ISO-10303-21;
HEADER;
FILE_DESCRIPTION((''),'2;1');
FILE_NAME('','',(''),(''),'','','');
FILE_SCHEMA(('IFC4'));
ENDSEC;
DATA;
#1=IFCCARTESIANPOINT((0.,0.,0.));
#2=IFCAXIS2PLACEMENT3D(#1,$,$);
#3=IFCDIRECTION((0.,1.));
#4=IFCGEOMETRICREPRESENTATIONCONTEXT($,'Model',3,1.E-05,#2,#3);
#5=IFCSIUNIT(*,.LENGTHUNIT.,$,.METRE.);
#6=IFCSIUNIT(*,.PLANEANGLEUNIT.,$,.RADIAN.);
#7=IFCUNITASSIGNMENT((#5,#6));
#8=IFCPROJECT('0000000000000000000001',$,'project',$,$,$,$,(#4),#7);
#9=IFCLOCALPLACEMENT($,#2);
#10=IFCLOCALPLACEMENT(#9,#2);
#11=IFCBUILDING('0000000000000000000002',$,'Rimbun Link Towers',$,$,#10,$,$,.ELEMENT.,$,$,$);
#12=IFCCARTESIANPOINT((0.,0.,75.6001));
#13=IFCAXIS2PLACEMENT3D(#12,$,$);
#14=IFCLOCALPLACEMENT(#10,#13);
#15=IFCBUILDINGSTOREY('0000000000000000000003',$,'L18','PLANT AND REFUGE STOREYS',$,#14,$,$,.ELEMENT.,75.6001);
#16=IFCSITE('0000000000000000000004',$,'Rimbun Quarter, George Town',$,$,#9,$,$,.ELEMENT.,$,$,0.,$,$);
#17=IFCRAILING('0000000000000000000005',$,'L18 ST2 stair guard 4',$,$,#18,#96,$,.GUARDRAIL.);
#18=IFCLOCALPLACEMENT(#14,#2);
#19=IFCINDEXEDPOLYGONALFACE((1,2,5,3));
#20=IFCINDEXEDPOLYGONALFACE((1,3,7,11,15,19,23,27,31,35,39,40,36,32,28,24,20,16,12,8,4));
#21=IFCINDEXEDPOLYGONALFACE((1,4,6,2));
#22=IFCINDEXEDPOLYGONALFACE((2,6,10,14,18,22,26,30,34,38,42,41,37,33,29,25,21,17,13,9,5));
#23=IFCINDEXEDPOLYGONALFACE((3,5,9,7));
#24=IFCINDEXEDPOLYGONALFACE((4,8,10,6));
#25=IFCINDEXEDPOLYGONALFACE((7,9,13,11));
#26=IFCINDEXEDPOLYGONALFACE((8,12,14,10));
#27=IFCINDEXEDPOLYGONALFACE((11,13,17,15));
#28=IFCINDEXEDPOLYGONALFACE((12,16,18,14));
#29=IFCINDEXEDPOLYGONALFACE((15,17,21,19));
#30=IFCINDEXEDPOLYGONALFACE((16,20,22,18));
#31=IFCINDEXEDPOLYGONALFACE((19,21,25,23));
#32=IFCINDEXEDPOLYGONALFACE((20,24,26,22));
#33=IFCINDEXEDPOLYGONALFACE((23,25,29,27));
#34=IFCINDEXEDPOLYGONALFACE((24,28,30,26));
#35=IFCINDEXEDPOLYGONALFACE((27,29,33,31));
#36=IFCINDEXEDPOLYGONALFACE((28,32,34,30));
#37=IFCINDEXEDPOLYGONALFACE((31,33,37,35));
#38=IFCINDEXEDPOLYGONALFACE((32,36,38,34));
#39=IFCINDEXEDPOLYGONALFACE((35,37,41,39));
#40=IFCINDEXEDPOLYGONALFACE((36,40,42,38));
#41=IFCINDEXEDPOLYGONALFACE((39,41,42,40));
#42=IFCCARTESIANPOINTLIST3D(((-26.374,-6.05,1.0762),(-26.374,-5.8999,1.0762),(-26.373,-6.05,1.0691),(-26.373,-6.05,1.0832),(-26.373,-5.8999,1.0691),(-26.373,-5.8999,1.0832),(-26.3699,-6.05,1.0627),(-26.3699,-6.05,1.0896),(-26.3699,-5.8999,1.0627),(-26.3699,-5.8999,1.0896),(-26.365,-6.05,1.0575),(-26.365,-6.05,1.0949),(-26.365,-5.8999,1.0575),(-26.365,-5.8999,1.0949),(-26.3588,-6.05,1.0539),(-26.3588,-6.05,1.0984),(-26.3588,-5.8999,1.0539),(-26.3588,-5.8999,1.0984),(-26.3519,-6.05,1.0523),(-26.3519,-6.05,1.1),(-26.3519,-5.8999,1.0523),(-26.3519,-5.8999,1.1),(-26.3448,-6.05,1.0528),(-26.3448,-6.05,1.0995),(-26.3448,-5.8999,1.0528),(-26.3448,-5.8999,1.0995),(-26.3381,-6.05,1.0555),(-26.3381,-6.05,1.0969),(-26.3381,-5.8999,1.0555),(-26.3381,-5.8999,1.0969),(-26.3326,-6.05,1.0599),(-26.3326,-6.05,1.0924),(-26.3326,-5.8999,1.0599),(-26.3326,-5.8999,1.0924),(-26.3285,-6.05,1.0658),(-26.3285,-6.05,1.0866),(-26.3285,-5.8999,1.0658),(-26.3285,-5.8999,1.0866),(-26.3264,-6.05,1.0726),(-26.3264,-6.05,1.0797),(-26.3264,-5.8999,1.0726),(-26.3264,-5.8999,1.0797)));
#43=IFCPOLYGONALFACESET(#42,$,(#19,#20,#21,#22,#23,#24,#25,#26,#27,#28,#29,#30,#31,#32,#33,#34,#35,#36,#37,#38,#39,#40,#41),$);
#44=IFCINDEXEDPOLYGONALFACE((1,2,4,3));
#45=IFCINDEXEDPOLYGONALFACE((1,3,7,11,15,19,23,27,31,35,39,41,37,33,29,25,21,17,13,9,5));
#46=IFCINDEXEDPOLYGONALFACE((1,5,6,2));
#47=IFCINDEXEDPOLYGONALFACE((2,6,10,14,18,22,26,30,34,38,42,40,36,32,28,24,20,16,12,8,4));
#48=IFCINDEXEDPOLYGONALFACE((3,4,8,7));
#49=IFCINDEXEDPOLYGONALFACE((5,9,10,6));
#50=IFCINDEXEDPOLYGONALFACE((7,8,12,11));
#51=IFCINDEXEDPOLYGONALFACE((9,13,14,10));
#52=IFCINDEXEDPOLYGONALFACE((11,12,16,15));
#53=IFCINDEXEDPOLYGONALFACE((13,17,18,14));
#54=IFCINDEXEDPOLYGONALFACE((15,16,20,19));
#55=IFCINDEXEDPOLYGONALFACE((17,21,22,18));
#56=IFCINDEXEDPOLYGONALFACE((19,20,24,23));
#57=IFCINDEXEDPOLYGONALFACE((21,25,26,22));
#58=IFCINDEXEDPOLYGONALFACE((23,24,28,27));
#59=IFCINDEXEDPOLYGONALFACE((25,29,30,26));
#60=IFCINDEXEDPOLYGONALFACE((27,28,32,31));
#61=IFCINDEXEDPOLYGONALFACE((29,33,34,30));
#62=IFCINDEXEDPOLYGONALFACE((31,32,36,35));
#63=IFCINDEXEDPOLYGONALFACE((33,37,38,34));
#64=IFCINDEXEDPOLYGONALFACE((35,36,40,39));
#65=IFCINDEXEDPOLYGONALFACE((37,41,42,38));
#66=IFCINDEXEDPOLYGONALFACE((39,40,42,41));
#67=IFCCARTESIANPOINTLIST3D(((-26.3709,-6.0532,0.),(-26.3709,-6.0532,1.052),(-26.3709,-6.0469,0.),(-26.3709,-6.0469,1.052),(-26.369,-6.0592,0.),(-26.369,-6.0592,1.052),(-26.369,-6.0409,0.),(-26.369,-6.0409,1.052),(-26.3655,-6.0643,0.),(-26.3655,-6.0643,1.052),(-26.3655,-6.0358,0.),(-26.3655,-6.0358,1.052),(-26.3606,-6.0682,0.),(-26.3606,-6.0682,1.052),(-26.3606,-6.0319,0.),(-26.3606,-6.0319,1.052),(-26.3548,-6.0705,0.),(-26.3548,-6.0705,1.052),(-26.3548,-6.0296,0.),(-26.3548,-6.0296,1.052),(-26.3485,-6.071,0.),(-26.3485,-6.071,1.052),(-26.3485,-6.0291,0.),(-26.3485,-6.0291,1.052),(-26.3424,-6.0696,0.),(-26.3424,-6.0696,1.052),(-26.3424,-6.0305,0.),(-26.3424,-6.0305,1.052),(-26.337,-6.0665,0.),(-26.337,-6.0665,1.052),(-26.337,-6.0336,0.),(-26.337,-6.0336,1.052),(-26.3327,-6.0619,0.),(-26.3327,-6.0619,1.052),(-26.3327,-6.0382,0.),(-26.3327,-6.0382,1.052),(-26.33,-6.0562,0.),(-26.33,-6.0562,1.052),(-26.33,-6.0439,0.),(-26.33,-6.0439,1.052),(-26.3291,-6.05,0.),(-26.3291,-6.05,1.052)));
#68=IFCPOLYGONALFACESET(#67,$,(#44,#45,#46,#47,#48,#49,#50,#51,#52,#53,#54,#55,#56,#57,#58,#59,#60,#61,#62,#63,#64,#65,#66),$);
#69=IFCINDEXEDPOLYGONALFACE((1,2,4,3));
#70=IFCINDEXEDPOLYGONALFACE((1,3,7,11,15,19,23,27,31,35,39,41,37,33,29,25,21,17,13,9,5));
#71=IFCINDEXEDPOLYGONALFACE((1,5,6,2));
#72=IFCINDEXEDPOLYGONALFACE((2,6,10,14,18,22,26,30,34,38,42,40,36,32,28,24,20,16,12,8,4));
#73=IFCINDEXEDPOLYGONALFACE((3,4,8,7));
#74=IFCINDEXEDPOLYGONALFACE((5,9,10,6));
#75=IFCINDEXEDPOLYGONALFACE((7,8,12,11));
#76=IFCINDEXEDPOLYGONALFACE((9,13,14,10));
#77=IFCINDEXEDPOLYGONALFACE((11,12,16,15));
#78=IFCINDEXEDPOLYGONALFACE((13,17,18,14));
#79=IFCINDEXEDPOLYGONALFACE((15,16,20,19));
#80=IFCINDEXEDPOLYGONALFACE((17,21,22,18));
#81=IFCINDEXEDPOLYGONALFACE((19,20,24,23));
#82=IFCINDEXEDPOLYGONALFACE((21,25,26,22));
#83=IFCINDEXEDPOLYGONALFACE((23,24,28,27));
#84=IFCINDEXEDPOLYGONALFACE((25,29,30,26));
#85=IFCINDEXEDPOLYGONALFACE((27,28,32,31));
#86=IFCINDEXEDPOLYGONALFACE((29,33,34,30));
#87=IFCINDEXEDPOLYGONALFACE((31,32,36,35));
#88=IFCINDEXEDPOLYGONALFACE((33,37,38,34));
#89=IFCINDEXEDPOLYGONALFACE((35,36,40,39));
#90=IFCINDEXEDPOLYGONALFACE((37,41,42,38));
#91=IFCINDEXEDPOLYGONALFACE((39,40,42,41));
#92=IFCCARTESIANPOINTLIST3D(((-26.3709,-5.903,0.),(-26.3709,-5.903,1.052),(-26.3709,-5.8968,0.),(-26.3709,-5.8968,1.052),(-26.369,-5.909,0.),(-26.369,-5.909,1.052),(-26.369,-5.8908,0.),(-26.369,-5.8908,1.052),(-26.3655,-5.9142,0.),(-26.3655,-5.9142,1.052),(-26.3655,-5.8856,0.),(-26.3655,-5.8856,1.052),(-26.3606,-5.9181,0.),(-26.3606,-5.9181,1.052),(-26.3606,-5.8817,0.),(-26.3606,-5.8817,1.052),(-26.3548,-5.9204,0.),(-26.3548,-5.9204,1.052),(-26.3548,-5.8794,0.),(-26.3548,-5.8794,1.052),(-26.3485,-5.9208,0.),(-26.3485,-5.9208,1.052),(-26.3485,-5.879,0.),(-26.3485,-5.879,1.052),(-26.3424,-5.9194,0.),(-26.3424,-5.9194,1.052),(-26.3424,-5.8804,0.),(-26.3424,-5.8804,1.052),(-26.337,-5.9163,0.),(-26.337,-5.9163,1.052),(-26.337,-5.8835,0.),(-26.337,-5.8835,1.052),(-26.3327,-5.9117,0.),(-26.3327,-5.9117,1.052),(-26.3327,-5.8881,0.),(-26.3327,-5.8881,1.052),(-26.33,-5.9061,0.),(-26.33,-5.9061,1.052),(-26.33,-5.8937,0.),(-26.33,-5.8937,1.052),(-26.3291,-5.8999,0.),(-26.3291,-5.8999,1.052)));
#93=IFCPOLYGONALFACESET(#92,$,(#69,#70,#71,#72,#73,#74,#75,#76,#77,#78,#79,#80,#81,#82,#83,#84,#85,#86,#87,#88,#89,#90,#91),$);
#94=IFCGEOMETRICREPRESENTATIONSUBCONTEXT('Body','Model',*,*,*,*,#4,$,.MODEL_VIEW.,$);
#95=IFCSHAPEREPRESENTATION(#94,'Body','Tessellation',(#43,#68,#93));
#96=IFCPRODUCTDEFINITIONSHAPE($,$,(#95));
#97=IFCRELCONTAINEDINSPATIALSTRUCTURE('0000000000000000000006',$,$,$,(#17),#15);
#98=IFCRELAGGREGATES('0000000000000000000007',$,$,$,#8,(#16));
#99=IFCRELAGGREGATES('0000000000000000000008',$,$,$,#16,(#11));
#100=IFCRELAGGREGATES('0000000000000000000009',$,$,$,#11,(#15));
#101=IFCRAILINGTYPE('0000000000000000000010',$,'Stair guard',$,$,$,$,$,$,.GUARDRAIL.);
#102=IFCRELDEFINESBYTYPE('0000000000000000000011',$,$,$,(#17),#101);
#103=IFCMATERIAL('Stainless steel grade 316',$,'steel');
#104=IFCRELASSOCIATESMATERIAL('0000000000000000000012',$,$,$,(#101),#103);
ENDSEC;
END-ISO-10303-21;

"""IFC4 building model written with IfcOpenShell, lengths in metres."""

from ifc_helpers import new_model, si_unit, direction, frame, origin, origin_2d, place, context, subcontext, project, spatial, circle, extrude, material, type_object, element, save


model = new_model("IFC4")

# Units and contexts
model_context = context("Model", 3, precision=1e-05, world=origin(), true_north=direction((0.0, 1.0)))
body_context = subcontext(model_context, "Body", "Model", "MODEL_VIEW")
ifc_project = project(units=[si_unit("LENGTHUNIT", "METRE"), si_unit("PLANEANGLEUNIT", "RADIAN")], contexts=[model_context])

# Site, building, storey
site_placement = place(None, origin())
site = spatial("IfcSite", under=ifc_project, at=site_placement, Name="Rimbun Quarter, George Town", CompositionType="ELEMENT", RefElevation=0.0)
building_placement = place(site_placement, origin())
building = spatial("IfcBuilding", under=site, at=building_placement, Name="Rimbun Link Towers", CompositionType="ELEMENT")
storey_placement = place(building_placement, frame((0.0, 0.0, 75.6001)))
storey = spatial("IfcBuildingStorey", under=building, at=storey_placement, Name="L18", Description="PLANT AND REFUGE STOREYS", CompositionType="ELEMENT", Elevation=75.6001)

# Railing
ifc_material_1 = material(Name="Stainless steel grade 316", Category="steel")
railing_type_1 = type_object("IfcRailingType", Name="Stair guard", PredefinedType="GUARDRAIL", material=ifc_material_1)
railing_1_placement = place(storey_placement, frame((-26.3501, -6.05, 0.0)))
element("IfcRailing", 1, at=railing_1_placement, inside=storey, type_object=railing_type_1, Name="L18 ST2 stair guard 4", PredefinedType="GUARDRAIL", context=body_context, shape_type="SweptSolid", body=[
    extrude(circle(Radius=0.0239, at=origin_2d()), frame((0.0, 0.0, 1.0762), z_axis=(0.0, 1.0, 0.0), x_axis=(-1.0, 0.0, 0.0)), (0.0, 0.0, 1.0), 0.1501),
    extrude(circle(Radius=0.021, at=origin_2d()), origin(), (0.0, 0.0, 1.0), 1.052),
    extrude(circle(Radius=0.021, at=origin_2d()), frame((0.0, 0.1501, 0.0)), (0.0, 0.0, 1.0), 1.052),
])

save(model, "model.ifc")
